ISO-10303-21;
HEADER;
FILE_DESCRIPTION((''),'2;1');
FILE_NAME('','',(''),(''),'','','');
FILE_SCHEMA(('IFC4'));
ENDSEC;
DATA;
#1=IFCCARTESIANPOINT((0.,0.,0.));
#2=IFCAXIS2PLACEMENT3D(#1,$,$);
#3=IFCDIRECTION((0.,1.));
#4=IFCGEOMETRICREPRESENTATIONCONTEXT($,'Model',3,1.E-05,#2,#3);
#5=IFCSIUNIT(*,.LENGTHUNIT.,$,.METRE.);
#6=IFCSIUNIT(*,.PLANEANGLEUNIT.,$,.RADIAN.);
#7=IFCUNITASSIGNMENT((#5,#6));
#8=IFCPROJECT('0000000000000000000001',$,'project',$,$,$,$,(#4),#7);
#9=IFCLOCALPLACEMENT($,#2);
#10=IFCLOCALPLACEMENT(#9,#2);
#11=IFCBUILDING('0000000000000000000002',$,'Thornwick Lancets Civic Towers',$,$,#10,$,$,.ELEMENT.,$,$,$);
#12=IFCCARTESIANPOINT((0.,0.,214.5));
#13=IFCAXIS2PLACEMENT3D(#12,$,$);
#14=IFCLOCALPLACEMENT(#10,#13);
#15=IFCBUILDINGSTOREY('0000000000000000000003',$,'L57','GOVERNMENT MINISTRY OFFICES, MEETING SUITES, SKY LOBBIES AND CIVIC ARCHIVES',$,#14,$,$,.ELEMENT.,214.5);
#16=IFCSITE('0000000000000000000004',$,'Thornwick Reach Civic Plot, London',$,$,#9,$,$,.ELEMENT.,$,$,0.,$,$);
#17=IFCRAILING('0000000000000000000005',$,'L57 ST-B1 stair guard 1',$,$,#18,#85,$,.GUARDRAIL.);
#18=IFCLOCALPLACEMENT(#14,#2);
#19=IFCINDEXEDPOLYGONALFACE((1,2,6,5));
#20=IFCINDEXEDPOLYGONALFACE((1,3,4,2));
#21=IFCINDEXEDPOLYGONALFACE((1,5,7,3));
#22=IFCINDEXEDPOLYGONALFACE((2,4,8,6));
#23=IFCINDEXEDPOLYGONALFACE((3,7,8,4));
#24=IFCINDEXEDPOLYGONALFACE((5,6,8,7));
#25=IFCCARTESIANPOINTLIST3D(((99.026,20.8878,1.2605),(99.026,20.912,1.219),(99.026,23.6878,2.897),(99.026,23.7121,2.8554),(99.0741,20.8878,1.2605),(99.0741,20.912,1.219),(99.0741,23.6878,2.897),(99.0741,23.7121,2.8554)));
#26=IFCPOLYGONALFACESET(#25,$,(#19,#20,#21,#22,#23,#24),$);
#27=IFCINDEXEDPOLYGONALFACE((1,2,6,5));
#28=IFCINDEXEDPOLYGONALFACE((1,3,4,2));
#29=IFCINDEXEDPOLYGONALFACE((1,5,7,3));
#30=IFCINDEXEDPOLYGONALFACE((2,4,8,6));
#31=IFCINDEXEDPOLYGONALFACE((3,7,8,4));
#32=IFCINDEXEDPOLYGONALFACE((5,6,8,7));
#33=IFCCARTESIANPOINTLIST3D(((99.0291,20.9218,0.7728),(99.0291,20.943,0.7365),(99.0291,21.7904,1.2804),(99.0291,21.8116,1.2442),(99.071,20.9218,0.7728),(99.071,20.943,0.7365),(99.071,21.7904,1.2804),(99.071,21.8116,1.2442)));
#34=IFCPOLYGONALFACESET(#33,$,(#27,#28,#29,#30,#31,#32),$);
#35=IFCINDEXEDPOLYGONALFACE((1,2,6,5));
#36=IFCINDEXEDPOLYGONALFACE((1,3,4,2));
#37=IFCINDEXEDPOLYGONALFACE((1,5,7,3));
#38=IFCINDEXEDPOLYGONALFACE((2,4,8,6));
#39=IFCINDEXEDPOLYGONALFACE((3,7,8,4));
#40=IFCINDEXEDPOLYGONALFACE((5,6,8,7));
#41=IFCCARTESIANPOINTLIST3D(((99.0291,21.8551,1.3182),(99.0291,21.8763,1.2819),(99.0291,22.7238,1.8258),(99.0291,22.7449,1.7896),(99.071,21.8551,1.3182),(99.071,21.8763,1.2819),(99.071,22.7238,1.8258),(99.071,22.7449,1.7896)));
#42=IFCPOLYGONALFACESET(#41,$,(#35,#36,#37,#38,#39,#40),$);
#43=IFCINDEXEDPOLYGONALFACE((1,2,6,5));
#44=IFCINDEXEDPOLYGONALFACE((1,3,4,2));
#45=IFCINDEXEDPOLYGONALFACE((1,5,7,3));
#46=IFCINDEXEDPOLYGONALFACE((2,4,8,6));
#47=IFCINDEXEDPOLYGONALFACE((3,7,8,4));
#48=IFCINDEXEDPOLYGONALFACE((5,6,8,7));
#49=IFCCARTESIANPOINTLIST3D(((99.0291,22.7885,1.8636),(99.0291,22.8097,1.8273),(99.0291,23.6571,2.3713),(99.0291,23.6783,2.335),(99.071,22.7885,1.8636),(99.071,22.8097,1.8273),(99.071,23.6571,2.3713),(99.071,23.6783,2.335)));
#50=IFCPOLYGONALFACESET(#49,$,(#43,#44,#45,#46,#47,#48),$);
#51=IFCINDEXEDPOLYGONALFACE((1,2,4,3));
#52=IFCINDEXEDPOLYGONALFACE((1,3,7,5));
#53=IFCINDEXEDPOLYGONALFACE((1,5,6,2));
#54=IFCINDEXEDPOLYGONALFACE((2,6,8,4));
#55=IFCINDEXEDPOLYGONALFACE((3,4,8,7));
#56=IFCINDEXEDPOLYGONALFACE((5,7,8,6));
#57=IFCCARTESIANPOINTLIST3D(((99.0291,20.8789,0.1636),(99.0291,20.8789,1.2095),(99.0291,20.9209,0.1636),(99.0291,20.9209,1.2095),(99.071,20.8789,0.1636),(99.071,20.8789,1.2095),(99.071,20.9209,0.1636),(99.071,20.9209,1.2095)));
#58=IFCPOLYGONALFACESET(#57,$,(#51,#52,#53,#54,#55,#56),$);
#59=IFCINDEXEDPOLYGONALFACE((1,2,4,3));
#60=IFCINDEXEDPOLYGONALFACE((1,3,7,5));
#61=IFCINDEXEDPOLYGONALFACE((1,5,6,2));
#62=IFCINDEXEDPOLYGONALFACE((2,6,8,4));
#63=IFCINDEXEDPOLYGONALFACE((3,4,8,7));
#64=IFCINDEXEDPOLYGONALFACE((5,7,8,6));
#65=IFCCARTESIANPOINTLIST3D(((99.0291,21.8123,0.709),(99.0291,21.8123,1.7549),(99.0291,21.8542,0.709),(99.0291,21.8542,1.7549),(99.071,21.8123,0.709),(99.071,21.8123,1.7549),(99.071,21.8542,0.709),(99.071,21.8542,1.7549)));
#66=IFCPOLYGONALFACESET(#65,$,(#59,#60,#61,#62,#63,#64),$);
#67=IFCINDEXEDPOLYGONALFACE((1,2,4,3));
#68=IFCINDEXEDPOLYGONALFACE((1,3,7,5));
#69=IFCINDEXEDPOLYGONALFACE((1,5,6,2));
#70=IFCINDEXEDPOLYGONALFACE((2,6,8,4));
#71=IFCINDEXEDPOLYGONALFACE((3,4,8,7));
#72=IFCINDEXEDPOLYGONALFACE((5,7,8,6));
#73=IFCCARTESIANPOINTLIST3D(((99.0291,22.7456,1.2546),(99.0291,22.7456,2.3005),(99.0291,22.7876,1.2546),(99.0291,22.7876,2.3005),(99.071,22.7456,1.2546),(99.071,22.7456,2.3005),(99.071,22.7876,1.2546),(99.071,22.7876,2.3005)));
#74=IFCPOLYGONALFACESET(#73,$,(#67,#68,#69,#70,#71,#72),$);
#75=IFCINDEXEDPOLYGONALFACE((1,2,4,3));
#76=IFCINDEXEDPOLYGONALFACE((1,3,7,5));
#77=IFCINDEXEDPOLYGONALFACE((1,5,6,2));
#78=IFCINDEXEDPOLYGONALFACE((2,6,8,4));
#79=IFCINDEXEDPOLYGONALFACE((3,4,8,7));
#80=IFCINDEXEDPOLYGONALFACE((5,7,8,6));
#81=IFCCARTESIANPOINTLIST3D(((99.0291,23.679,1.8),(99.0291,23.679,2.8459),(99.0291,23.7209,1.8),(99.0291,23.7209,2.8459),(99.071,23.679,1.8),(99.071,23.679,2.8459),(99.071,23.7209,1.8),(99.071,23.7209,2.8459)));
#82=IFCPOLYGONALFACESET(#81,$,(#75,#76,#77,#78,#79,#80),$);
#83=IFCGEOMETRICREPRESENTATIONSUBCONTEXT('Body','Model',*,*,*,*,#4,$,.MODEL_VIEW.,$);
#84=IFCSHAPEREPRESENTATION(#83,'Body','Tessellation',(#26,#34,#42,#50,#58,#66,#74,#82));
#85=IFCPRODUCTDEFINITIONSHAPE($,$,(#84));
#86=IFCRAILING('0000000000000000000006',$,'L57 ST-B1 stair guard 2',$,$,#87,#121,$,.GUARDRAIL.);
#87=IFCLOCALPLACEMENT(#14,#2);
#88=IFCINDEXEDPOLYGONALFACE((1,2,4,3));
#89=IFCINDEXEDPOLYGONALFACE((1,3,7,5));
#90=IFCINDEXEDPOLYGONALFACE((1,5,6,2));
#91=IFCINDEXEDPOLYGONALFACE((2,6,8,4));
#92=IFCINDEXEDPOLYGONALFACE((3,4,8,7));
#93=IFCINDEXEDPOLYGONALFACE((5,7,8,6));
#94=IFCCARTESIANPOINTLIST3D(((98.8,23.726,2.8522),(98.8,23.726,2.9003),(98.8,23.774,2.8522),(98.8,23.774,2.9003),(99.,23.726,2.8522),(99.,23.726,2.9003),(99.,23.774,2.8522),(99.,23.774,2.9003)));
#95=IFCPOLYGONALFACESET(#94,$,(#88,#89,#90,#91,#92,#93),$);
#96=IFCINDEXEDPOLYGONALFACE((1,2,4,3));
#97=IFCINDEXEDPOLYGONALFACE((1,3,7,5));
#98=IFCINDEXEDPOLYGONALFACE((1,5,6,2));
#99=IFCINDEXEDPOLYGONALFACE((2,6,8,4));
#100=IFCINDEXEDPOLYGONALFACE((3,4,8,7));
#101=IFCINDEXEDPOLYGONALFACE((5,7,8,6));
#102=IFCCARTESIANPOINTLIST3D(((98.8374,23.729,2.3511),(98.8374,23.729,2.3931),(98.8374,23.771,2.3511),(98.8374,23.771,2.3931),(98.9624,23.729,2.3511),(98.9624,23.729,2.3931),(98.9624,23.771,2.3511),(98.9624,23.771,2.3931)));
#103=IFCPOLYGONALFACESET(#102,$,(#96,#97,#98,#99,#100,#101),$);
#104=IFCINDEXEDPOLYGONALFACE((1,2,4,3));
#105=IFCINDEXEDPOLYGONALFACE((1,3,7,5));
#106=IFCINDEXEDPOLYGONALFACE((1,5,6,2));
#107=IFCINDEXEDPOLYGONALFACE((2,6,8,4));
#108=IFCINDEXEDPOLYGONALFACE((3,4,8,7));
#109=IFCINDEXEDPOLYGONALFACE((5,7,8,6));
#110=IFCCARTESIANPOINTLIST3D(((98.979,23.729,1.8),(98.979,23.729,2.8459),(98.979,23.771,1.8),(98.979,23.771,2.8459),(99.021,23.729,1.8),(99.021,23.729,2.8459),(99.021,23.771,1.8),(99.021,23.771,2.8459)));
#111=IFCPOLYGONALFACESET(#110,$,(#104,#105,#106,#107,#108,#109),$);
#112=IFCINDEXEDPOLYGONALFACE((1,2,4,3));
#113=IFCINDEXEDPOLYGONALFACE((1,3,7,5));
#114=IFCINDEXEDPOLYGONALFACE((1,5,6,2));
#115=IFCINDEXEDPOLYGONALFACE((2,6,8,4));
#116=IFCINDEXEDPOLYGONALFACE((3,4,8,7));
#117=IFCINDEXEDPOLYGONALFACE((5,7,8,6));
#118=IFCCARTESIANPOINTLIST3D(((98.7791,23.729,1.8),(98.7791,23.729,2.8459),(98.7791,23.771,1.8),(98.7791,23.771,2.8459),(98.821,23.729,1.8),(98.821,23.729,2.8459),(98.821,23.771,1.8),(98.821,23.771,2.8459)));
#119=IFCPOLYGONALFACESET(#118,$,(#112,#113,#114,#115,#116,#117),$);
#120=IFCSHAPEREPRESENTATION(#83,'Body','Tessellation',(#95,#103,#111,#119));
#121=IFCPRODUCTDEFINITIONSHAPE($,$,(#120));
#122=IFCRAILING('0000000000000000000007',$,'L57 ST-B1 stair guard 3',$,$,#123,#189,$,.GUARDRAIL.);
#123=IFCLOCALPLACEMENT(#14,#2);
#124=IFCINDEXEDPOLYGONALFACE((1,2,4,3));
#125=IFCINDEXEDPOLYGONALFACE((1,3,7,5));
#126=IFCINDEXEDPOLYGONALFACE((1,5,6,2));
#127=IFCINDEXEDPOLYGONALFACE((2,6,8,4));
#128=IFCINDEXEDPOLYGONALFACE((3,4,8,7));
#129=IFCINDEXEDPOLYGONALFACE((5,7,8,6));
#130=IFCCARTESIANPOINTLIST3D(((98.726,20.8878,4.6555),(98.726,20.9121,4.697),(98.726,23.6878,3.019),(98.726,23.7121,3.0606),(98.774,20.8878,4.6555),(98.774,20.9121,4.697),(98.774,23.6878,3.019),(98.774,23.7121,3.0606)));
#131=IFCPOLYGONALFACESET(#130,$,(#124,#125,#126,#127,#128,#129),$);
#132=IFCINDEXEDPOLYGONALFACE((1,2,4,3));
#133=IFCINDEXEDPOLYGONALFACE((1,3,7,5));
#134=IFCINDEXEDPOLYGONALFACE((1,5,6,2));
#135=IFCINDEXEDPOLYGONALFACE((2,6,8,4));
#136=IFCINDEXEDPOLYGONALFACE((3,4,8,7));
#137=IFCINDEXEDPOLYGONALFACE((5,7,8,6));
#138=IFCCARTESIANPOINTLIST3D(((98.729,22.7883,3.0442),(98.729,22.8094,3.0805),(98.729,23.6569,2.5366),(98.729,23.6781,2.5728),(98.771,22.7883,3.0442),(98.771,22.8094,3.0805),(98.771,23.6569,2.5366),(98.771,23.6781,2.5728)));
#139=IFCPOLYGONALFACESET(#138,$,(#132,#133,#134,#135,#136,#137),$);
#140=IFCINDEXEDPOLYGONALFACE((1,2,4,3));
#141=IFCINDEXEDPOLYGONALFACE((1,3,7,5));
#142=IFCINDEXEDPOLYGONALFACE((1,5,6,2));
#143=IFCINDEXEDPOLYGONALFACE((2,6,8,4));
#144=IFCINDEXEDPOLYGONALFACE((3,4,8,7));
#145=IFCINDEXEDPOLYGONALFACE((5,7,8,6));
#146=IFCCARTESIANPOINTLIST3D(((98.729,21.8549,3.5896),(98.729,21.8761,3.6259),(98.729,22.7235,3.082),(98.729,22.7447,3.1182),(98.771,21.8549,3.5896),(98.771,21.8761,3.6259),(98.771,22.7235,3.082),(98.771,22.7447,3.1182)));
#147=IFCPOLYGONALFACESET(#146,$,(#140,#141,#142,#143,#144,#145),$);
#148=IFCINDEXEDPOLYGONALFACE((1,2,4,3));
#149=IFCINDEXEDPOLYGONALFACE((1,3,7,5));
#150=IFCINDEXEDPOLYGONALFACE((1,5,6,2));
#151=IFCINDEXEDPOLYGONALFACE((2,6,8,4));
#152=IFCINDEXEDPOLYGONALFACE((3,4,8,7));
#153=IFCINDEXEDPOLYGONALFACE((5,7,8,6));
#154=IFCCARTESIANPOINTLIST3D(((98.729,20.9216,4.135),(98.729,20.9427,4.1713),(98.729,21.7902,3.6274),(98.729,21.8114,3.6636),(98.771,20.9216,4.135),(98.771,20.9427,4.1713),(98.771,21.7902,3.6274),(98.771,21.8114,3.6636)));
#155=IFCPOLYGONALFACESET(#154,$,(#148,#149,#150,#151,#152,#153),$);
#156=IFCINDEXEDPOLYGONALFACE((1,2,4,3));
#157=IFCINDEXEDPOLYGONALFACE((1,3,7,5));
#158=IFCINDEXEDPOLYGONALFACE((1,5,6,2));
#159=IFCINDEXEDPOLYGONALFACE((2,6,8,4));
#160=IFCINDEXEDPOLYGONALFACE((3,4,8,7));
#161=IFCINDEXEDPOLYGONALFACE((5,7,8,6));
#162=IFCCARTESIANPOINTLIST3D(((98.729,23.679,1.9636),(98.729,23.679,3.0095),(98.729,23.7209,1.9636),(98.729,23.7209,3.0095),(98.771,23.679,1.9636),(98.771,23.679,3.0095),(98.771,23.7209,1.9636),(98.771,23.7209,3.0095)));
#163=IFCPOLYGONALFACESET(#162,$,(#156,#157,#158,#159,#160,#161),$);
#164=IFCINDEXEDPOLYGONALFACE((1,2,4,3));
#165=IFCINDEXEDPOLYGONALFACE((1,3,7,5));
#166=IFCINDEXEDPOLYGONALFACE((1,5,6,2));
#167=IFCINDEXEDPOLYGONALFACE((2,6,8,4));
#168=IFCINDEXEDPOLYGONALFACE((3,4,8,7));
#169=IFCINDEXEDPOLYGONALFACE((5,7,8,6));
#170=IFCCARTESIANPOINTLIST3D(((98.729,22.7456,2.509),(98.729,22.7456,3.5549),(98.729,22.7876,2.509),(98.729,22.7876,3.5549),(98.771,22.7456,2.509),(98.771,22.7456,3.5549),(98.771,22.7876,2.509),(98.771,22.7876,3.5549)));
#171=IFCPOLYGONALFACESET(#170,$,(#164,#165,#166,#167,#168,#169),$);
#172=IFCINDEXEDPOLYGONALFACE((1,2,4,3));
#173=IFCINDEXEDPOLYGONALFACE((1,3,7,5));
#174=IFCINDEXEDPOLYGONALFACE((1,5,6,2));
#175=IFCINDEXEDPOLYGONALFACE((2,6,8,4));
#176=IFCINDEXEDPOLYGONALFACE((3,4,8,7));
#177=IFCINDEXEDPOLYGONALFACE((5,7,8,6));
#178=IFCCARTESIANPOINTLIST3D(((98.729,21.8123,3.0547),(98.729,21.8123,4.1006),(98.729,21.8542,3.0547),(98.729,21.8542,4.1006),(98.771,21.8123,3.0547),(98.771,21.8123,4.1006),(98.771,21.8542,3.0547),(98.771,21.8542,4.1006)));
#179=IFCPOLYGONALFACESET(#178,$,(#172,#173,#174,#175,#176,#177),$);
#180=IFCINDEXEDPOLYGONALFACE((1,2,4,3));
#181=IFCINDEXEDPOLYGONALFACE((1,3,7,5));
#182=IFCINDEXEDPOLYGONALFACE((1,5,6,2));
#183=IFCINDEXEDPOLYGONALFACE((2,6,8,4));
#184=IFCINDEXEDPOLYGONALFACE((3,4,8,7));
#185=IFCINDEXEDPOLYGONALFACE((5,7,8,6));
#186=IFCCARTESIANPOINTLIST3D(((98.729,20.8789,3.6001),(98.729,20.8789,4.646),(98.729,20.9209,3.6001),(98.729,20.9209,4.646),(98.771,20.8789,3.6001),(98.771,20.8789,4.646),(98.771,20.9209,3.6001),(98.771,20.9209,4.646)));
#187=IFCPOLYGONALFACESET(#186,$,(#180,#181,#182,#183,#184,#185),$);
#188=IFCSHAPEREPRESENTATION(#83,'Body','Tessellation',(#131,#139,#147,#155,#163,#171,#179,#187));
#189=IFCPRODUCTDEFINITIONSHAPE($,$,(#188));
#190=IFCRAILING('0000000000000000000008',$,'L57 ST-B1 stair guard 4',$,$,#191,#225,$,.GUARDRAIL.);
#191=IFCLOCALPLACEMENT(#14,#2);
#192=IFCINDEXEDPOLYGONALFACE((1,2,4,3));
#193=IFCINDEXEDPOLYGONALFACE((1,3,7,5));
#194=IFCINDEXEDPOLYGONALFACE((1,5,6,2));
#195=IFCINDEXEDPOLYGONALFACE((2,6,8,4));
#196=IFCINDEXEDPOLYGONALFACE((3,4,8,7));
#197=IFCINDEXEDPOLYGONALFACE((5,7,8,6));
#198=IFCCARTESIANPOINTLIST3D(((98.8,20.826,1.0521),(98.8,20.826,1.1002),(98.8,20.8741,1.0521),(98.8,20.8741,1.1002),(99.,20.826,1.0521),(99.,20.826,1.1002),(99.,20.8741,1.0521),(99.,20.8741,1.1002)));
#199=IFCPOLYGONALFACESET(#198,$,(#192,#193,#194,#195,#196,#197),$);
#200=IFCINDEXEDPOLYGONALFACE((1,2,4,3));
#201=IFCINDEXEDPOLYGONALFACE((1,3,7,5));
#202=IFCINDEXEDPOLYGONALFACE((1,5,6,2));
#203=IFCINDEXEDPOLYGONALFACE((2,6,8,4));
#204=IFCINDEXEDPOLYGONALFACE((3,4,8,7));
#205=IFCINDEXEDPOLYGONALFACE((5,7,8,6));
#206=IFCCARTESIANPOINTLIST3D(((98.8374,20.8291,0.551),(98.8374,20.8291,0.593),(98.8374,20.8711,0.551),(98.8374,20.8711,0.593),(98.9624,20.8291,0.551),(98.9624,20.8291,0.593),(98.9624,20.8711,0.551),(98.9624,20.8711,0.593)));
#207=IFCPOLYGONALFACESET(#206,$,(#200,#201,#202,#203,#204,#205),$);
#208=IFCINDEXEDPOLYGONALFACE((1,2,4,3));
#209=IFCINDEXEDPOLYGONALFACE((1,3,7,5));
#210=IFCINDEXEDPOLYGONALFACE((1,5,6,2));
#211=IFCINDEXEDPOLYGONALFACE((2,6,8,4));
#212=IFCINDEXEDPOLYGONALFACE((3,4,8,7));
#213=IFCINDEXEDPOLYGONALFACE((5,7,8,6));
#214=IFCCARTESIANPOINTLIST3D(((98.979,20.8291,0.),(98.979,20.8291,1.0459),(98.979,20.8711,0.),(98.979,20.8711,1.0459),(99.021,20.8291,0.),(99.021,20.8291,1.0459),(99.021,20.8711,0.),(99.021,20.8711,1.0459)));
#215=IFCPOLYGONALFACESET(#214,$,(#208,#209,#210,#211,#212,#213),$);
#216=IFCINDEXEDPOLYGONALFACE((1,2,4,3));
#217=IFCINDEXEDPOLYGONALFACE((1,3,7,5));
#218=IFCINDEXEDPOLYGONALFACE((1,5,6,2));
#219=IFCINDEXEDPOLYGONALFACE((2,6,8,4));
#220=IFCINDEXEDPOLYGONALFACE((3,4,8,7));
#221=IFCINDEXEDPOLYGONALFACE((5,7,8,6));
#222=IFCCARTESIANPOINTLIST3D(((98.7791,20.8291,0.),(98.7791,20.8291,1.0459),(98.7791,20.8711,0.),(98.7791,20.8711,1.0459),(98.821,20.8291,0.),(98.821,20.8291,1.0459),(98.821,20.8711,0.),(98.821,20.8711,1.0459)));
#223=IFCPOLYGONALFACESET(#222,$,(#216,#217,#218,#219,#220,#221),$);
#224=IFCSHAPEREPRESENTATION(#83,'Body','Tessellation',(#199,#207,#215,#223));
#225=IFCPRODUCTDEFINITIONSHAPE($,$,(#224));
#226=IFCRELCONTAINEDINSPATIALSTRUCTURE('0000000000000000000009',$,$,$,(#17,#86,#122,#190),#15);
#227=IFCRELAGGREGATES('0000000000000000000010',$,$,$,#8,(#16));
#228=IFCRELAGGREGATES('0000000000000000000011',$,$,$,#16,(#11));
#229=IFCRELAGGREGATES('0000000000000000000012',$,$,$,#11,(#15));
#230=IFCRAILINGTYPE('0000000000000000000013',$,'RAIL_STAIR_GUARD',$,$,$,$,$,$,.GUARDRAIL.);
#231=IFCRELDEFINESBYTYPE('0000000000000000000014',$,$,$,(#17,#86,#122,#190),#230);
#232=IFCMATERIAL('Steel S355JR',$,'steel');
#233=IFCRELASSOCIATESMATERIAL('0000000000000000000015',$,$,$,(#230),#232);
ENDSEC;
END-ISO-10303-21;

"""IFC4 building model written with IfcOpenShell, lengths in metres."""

from ifc_helpers import new_model, si_unit, direction, frame, origin, origin_2d, place, context, subcontext, project, spatial, rectangle, extrude, material, type_object, element, save


model = new_model("IFC4")

# Units and contexts
model_context = context("Model", 3, precision=1e-05, world=origin(), true_north=direction((0.0, 1.0)))
body_context = subcontext(model_context, "Body", "Model", "MODEL_VIEW")
ifc_project = project(units=[si_unit("LENGTHUNIT", "METRE"), si_unit("PLANEANGLEUNIT", "RADIAN")], contexts=[model_context])

# Site, building, storey
site_placement = place(None, origin())
site = spatial("IfcSite", under=ifc_project, at=site_placement, Name="Thornwick Reach Civic Plot, London", CompositionType="ELEMENT", RefElevation=0.0)
building_placement = place(site_placement, origin())
building = spatial("IfcBuilding", under=site, at=building_placement, Name="Thornwick Lancets Civic Towers", CompositionType="ELEMENT")
storey_placement = place(building_placement, frame((0.0, 0.0, 214.5)))
storey = spatial("IfcBuildingStorey", under=building, at=storey_placement, Name="L57", Description="GOVERNMENT MINISTRY OFFICES, MEETING SUITES, SKY LOBBIES AND CIVIC ARCHIVES", CompositionType="ELEMENT", Elevation=214.5)

# Railings
ifc_material_1 = material(Name="Steel S355JR", Category="steel")
railing_type_1 = type_object("IfcRailingType", Name="RAIL_STAIR_GUARD", PredefinedType="GUARDRAIL", material=ifc_material_1)
railing_1_placement = place(storey_placement, frame((99.05, 20.8999, 0.1636)))
element("IfcRailing", 1, at=railing_1_placement, inside=storey, type_object=railing_type_1, Name="L57 ST-B1 stair guard 1", PredefinedType="GUARDRAIL", context=body_context, shape_type="SweptSolid", body=[
    extrude(rectangle(XDim=0.0481, YDim=0.0481, at=origin_2d()), frame((0.0, 0.0, 1.0762), z_axis=(0.0, 0.863361, 0.504587), x_axis=(-1.0, 0.0, 0.0)), (0.0, 0.0, 1.0), 3.2432),
    extrude(rectangle(XDim=0.042, YDim=0.042, at=origin_2d()), frame((0.0, 0.0325, 0.5911), z_axis=(0.0, 0.863361, 0.504587), x_axis=(-1.0, 0.0, 0.0)), (0.0, 0.0, 1.0), 1.0061),
    extrude(rectangle(XDim=0.042, YDim=0.042, at=origin_2d()), frame((0.0, 0.9658, 1.1365), z_axis=(0.0, 0.863361, 0.504587), x_axis=(-1.0, 0.0, 0.0)), (0.0, 0.0, 1.0), 1.0061),
    extrude(rectangle(XDim=0.042, YDim=0.042, at=origin_2d()), frame((0.0, 1.8992, 1.6819), z_axis=(0.0, 0.863361, 0.504587), x_axis=(-1.0, 0.0, 0.0)), (0.0, 0.0, 1.0), 1.0061),
    extrude(rectangle(XDim=0.042, YDim=0.042, at=origin_2d()), origin(), (0.0, 0.0, 1.0), 1.0459),
    extrude(rectangle(XDim=0.042, YDim=0.042, at=origin_2d()), frame((0.0, 0.9333, 0.5454)), (0.0, 0.0, 1.0), 1.0459),
    extrude(rectangle(XDim=0.042, YDim=0.042, at=origin_2d()), frame((0.0, 1.8667, 1.0911)), (0.0, 0.0, 1.0), 1.0459),
    extrude(rectangle(XDim=0.042, YDim=0.042, at=origin_2d()), frame((0.0, 2.8, 1.6365)), (0.0, 0.0, 1.0), 1.0459),
])
railing_2_placement = place(storey_placement, frame((99.0, 23.75, 1.8)))
element("IfcRailing", 2, at=railing_2_placement, inside=storey, type_object=railing_type_1, Name="L57 ST-B1 stair guard 2", PredefinedType="GUARDRAIL", context=body_context, shape_type="SweptSolid", body=[
    extrude(rectangle(XDim=0.0481, YDim=0.0481, at=origin_2d()), frame((0.0, 0.0, 1.0762), z_axis=(-1.0, 0.0, 0.0), x_axis=(0.0, -1.0, 0.0)), (0.0, 0.0, 1.0), 0.2),
    extrude(rectangle(XDim=0.042, YDim=0.042, at=origin_2d()), frame((-0.0376, 0.0, 0.572), z_axis=(-1.0, 0.0, 0.0), x_axis=(0.0, -1.0, 0.0)), (0.0, 0.0, 1.0), 0.125),
    extrude(rectangle(XDim=0.042, YDim=0.042, at=origin_2d()), origin(), (0.0, 0.0, 1.0), 1.0459),
    extrude(rectangle(XDim=0.042, YDim=0.042, at=origin_2d()), frame((-0.2, 0.0, 0.0)), (0.0, 0.0, 1.0), 1.0459),
])
railing_3_placement = place(storey_placement, frame((98.75, 23.7, 1.9636)))
element("IfcRailing", 3, at=railing_3_placement, inside=storey, type_object=railing_type_1, Name="L57 ST-B1 stair guard 3", PredefinedType="GUARDRAIL", context=body_context, shape_type="SweptSolid", body=[
    extrude(rectangle(XDim=0.0481, YDim=0.0481, at=origin_2d()), frame((0.0, 0.0, 1.0762), z_axis=(0.0, -0.863361, 0.504587), x_axis=(1.0, 0.0, 0.0)), (0.0, 0.0, 1.0), 3.2432),
    extrude(rectangle(XDim=0.042, YDim=0.042, at=origin_2d()), frame((0.0, -0.0325, 0.5911), z_axis=(0.0, -0.863361, 0.504587), x_axis=(1.0, 0.0, 0.0)), (0.0, 0.0, 1.0), 1.0061),
    extrude(rectangle(XDim=0.042, YDim=0.042, at=origin_2d()), frame((0.0, -0.9658, 1.1365), z_axis=(0.0, -0.863361, 0.504587), x_axis=(1.0, 0.0, 0.0)), (0.0, 0.0, 1.0), 1.0061),
    extrude(rectangle(XDim=0.042, YDim=0.042, at=origin_2d()), frame((0.0, -1.8992, 1.6819), z_axis=(0.0, -0.863361, 0.504587), x_axis=(1.0, 0.0, 0.0)), (0.0, 0.0, 1.0), 1.0061),
    extrude(rectangle(XDim=0.042, YDim=0.042, at=origin_2d()), origin(), (0.0, 0.0, 1.0), 1.0459),
    extrude(rectangle(XDim=0.042, YDim=0.042, at=origin_2d()), frame((0.0, -0.9333, 0.5454)), (0.0, 0.0, 1.0), 1.0459),
    extrude(rectangle(XDim=0.042, YDim=0.042, at=origin_2d()), frame((0.0, -1.8667, 1.0911)), (0.0, 0.0, 1.0), 1.0459),
    extrude(rectangle(XDim=0.042, YDim=0.042, at=origin_2d()), frame((0.0, -2.8, 1.6365)), (0.0, 0.0, 1.0), 1.0459),
])
railing_4_placement = place(storey_placement, frame((99.0, 20.8501, 0.0)))
element("IfcRailing", 4, at=railing_4_placement, inside=storey, type_object=railing_type_1, Name="L57 ST-B1 stair guard 4", PredefinedType="GUARDRAIL", context=body_context, shape_type="SweptSolid", body=[
    extrude(rectangle(XDim=0.0481, YDim=0.0481, at=origin_2d()), frame((0.0, 0.0, 1.0762), z_axis=(-1.0, 0.0, 0.0), x_axis=(0.0, -1.0, 0.0)), (0.0, 0.0, 1.0), 0.2),
    extrude(rectangle(XDim=0.042, YDim=0.042, at=origin_2d()), frame((-0.0376, 0.0, 0.572), z_axis=(-1.0, 0.0, 0.0), x_axis=(0.0, -1.0, 0.0)), (0.0, 0.0, 1.0), 0.125),
    extrude(rectangle(XDim=0.042, YDim=0.042, at=origin_2d()), origin(), (0.0, 0.0, 1.0), 1.0459),
    extrude(rectangle(XDim=0.042, YDim=0.042, at=origin_2d()), frame((-0.2, 0.0, 0.0)), (0.0, 0.0, 1.0), 1.0459),
])

save(model, "model.ifc")
